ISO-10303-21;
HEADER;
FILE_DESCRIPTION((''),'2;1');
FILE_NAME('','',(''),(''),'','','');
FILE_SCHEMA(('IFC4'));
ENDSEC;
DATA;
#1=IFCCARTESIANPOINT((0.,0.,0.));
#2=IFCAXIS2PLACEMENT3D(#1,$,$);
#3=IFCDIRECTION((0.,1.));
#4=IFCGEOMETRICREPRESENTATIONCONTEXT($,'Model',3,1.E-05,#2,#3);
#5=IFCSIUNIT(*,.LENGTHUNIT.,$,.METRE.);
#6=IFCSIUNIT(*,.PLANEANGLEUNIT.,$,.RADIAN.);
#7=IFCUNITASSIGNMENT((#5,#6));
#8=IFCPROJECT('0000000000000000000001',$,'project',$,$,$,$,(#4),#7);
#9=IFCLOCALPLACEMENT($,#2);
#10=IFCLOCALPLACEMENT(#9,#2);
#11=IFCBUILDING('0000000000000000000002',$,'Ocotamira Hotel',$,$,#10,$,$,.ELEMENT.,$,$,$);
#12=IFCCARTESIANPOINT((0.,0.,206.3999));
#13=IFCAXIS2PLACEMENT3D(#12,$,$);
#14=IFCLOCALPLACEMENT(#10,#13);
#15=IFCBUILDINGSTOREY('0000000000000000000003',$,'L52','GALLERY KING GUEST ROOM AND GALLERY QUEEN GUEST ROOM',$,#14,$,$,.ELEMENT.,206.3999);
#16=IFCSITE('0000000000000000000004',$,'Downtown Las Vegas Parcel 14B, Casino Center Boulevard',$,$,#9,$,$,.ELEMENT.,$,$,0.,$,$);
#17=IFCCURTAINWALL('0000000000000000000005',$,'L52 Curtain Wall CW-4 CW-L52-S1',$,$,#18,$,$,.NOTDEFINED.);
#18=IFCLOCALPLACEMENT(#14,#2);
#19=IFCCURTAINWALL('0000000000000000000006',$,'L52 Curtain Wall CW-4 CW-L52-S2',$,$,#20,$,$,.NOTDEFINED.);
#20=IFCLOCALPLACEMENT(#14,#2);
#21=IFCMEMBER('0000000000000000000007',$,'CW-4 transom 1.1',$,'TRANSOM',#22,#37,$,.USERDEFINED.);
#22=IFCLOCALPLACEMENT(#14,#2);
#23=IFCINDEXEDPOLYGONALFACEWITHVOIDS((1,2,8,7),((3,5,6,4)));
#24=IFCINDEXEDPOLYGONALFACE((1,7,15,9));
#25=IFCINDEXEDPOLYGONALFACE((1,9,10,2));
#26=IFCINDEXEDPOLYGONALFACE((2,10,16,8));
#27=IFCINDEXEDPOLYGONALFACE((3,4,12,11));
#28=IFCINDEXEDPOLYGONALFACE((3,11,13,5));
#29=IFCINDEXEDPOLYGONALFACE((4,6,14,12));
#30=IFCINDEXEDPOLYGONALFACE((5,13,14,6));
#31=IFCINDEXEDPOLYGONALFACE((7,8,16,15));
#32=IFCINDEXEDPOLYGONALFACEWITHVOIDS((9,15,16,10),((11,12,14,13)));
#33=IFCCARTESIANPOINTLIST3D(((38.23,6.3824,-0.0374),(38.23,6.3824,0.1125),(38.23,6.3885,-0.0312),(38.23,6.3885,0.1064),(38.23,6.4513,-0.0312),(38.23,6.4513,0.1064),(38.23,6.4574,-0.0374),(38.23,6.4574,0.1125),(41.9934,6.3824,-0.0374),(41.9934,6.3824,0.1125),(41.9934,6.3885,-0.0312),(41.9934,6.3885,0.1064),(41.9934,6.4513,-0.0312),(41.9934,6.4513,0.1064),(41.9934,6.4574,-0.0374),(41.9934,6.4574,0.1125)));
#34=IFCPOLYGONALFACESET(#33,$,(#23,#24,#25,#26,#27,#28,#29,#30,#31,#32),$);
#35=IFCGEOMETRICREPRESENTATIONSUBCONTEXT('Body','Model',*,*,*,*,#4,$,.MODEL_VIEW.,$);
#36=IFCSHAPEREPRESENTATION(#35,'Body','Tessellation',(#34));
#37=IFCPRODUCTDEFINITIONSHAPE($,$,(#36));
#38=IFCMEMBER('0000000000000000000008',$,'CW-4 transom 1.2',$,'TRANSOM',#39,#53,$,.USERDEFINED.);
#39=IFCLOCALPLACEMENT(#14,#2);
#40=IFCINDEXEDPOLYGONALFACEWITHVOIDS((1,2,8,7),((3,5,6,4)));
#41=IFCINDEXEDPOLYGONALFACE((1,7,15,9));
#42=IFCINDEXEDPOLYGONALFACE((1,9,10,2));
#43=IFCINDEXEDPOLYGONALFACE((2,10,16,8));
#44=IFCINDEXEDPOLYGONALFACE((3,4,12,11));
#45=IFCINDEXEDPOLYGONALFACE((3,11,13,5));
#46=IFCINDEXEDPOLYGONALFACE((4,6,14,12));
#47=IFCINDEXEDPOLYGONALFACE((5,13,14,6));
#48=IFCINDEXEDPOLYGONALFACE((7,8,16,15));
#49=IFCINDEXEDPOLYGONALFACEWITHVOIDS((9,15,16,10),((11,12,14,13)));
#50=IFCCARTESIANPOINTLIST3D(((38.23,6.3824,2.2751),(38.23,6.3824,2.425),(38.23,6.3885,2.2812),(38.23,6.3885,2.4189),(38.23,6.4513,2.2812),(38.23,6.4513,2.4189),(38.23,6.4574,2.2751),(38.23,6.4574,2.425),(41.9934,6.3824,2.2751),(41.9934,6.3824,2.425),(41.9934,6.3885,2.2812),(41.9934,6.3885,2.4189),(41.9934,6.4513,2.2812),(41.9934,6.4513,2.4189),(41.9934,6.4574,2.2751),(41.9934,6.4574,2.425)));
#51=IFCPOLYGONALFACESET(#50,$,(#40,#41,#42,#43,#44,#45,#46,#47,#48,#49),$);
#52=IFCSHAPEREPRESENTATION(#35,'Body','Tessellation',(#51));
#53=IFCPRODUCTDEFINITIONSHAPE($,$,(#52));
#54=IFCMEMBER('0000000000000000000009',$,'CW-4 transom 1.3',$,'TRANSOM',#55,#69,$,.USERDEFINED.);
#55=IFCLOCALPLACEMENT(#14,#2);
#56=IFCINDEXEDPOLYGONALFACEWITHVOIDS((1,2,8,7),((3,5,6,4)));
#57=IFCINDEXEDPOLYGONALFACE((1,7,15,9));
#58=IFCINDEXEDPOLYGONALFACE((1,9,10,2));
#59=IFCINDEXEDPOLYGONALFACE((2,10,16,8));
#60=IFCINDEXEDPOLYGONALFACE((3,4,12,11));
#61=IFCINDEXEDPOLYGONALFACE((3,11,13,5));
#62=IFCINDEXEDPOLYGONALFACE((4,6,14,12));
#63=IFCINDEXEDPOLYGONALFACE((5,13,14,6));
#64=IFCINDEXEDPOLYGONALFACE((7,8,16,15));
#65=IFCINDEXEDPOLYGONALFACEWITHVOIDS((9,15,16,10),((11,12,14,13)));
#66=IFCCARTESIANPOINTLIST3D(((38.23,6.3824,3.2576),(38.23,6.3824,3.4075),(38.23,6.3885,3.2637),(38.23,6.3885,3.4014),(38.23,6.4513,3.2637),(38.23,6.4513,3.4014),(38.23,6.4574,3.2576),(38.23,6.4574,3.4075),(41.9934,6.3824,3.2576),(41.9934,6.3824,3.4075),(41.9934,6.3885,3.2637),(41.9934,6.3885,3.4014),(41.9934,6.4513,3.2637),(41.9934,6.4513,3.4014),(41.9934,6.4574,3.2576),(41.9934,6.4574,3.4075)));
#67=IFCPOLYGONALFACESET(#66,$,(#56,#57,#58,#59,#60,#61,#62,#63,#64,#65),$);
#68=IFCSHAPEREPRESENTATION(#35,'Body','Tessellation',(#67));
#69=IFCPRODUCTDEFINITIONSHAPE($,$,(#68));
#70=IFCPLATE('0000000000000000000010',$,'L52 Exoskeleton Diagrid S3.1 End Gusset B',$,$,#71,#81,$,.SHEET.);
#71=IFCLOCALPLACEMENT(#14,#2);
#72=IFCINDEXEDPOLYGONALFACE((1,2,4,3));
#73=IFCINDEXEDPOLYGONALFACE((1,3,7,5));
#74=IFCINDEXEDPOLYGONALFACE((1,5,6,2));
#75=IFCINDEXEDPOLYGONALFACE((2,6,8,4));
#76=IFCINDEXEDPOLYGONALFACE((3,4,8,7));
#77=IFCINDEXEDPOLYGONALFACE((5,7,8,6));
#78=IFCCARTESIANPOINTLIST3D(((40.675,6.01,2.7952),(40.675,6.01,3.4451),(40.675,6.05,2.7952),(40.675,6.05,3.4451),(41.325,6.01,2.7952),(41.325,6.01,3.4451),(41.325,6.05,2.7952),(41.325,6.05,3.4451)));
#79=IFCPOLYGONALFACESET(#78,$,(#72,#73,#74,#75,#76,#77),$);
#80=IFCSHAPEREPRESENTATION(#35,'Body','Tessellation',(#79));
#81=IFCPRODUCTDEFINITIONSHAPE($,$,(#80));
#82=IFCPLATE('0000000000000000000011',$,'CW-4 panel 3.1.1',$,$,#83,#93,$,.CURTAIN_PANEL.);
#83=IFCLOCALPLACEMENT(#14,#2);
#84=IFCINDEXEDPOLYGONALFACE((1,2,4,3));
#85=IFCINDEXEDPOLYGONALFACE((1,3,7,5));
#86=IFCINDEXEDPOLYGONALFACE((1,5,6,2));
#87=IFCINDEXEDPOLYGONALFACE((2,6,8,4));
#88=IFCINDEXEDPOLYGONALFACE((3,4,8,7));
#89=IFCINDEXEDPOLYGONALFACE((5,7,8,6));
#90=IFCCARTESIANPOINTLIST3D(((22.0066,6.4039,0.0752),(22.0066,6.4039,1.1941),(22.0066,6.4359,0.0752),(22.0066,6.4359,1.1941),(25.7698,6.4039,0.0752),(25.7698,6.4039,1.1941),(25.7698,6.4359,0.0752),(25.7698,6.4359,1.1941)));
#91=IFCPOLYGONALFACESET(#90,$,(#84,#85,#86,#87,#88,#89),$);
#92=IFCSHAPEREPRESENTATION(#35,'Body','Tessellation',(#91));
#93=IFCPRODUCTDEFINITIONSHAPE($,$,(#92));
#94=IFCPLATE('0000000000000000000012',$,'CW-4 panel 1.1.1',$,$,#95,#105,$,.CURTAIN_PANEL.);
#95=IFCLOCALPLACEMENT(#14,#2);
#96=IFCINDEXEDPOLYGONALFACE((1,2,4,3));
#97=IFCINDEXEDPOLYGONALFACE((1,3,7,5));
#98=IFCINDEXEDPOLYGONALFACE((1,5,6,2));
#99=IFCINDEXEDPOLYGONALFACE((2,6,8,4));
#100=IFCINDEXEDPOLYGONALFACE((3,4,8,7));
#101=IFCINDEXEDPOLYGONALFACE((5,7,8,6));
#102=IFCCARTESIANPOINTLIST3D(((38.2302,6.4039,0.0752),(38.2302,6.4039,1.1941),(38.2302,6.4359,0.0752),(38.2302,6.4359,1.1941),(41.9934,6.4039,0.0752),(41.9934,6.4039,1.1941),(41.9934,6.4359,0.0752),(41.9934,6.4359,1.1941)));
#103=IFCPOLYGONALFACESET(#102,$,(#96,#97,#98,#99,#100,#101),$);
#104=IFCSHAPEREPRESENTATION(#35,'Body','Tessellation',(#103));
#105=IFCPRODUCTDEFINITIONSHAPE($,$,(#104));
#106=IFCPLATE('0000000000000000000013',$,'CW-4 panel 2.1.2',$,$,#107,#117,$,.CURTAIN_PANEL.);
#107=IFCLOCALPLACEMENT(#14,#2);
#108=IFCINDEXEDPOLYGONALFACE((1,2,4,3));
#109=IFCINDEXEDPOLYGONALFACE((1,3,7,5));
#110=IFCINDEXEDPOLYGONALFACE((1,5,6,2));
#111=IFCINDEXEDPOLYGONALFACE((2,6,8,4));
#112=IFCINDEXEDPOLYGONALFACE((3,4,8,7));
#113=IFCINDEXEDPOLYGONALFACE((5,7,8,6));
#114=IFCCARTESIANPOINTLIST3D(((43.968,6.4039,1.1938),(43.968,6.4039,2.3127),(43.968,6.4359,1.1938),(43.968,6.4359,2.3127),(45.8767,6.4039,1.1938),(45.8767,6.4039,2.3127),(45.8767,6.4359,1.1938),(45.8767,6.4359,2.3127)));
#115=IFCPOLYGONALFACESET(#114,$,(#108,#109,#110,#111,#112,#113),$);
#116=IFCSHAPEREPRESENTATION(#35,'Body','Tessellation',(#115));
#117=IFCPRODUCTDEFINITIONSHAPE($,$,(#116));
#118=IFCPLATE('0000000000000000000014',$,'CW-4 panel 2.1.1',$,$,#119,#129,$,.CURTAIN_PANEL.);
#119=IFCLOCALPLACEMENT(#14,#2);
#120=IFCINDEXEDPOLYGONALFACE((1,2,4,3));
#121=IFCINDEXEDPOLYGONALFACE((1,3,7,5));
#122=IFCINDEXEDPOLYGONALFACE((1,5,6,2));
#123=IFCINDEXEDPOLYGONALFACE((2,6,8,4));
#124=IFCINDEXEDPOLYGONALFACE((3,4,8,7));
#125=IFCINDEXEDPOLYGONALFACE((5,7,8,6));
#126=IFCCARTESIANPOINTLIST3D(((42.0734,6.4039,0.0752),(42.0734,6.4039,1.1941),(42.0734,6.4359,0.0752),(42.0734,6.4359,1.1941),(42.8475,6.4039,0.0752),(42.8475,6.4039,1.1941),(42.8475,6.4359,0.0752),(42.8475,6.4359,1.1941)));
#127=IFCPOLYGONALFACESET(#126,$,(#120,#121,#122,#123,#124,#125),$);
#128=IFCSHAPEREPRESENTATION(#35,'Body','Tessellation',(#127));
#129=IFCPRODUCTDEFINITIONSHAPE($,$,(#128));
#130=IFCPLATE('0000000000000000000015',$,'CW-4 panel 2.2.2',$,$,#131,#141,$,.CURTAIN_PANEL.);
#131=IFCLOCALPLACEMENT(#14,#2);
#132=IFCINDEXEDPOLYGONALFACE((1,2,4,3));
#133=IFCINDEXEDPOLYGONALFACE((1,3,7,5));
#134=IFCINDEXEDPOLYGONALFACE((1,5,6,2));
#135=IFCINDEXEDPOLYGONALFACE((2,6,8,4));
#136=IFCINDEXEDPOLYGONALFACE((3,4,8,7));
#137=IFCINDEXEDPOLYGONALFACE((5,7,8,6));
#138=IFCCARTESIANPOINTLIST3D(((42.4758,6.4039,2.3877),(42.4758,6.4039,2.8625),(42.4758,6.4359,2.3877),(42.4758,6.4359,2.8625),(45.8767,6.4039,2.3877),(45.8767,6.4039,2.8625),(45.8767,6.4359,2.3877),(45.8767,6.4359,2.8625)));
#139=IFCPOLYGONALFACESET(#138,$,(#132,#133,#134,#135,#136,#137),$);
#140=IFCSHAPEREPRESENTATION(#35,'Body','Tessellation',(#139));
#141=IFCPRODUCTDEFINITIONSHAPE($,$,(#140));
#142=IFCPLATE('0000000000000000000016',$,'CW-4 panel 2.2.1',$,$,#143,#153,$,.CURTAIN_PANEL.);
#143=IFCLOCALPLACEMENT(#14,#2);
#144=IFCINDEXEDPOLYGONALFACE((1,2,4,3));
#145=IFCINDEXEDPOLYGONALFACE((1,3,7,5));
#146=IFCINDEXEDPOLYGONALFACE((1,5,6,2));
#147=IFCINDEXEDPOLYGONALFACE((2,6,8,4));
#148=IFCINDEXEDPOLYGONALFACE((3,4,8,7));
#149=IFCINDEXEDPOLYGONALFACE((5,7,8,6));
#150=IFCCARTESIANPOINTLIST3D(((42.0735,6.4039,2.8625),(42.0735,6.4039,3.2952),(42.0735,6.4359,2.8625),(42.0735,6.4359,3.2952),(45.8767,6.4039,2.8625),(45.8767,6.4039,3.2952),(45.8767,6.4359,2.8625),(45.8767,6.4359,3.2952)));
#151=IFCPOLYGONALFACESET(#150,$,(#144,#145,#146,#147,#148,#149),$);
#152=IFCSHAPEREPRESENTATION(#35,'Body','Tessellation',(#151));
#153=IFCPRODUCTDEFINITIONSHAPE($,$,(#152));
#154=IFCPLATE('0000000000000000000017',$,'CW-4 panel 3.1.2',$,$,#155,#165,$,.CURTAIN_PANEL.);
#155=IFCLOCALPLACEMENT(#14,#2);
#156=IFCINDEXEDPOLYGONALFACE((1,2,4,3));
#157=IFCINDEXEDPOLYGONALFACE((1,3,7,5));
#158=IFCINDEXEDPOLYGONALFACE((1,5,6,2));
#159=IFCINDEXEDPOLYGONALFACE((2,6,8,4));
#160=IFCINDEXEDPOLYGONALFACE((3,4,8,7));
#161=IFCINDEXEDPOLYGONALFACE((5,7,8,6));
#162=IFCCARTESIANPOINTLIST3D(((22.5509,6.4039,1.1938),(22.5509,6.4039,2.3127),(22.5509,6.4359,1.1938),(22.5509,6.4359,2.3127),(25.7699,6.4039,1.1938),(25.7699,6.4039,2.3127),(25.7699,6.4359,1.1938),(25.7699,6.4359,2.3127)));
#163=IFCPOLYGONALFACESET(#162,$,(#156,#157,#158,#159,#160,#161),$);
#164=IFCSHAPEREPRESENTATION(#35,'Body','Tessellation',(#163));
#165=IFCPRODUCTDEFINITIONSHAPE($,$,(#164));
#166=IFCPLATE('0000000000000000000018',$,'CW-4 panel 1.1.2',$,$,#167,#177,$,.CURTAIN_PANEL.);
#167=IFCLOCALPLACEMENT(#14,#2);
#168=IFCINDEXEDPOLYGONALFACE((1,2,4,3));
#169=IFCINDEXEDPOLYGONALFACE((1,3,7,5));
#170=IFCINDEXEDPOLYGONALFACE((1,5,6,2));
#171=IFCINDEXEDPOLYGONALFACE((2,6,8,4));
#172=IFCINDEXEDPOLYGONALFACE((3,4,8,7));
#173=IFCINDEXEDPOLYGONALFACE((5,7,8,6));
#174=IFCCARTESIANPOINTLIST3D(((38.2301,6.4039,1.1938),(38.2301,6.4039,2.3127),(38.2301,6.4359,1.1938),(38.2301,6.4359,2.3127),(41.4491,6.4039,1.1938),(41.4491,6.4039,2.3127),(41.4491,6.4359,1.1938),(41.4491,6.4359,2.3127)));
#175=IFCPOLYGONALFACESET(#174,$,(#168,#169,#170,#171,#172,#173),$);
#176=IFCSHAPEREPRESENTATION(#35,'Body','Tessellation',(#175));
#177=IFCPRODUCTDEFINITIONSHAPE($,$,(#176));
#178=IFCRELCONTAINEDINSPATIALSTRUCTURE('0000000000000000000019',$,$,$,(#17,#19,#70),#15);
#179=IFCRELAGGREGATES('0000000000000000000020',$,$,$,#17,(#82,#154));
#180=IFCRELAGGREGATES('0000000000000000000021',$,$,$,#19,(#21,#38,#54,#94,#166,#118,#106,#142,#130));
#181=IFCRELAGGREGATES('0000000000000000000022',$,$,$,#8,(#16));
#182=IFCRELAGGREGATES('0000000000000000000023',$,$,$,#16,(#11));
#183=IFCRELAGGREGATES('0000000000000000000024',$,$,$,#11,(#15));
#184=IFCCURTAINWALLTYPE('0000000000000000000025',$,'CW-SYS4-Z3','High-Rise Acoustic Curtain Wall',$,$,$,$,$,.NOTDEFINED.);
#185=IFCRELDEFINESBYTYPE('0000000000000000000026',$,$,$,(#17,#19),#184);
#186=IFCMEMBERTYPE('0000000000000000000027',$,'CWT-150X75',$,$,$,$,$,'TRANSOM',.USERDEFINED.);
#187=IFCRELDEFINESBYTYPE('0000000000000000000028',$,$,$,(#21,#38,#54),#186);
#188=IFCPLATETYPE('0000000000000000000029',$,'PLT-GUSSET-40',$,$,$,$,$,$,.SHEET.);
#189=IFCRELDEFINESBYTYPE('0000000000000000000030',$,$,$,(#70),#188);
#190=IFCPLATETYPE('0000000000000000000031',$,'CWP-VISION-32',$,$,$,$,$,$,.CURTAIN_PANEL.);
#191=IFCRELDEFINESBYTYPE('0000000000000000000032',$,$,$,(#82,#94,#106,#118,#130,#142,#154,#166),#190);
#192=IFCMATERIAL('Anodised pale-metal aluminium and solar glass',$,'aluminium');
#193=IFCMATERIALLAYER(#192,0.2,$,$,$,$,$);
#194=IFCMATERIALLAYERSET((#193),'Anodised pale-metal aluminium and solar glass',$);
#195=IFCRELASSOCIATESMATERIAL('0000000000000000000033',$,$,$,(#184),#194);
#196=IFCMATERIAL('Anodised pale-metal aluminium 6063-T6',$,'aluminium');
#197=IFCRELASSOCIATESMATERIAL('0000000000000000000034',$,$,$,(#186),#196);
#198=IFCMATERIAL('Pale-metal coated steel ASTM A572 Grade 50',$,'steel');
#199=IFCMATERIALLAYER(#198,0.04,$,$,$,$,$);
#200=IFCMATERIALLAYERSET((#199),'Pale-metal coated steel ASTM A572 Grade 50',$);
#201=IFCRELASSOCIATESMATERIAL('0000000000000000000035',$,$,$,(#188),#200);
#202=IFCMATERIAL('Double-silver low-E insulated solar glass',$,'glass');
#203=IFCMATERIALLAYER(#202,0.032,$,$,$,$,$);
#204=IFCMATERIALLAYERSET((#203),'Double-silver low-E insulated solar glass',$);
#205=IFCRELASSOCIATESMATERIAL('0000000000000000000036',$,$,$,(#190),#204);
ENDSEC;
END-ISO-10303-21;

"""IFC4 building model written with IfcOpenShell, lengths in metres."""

from ifc_helpers import new_model, si_unit, direction, frame, origin, origin_2d, place, context, subcontext, project, spatial, rectangle, hollow_rectangle, extrude, source, transform, mapped, material, layer, layer_set, material_profile, profile_set, type_object, element, aggregate, save


model = new_model("IFC4")

# Units and contexts
model_context = context("Model", 3, precision=1e-05, world=origin(), true_north=direction((0.0, 1.0)))
body_context = subcontext(model_context, "Body", "Model", "MODEL_VIEW")
ifc_project = project(units=[si_unit("LENGTHUNIT", "METRE"), si_unit("PLANEANGLEUNIT", "RADIAN")], contexts=[model_context])

# Site, building, storey
site_placement = place(None, origin())
site = spatial("IfcSite", under=ifc_project, at=site_placement, Name="Downtown Las Vegas Parcel 14B, Casino Center Boulevard", CompositionType="ELEMENT", RefElevation=0.0)
building_placement = place(site_placement, origin())
building = spatial("IfcBuilding", under=site, at=building_placement, Name="Ocotamira Hotel", CompositionType="ELEMENT")
storey_placement = place(building_placement, frame((0.0, 0.0, 206.3999)))
storey = spatial("IfcBuildingStorey", under=building, at=storey_placement, Name="L52", Description="GALLERY KING GUEST ROOM AND GALLERY QUEEN GUEST ROOM", CompositionType="ELEMENT", Elevation=206.3999)

# Curtain wall
ifc_material_1 = material(Name="Anodised pale-metal aluminium and solar glass", Category="aluminium")
ifc_layer_1 = layer(ifc_material_1, 0.2)
ifc_layer_set_1 = layer_set([ifc_layer_1], Name="Anodised pale-metal aluminium and solar glass")
curtain_wall_type = type_object("IfcCurtainWallType", Name="CW-SYS4-Z3", Description="High-Rise Acoustic Curtain Wall", PredefinedType="NOTDEFINED", material=ifc_layer_set_1)
curtain_wall_1_placement = place(storey_placement, origin())
curtain_wall_1 = element("IfcCurtainWall", 1, at=curtain_wall_1_placement, inside=storey, type_object=curtain_wall_type, Name="L52 Curtain Wall CW-4 CW-L52-S1", PredefinedType="NOTDEFINED")
ifc_material_2 = material(Name="Anodised pale-metal aluminium 6063-T6", Category="aluminium")

# Curtain wall, members
curtain_wall_2_placement = place(storey_placement, origin())
curtain_wall_2 = element("IfcCurtainWall", 2, at=curtain_wall_2_placement, inside=storey, type_object=curtain_wall_type, Name="L52 Curtain Wall CW-4 CW-L52-S2", PredefinedType="NOTDEFINED")
ifc_material_profile_1 = material_profile(ifc_material_2, hollow_rectangle(XDim=0.075, YDim=0.1499, WallThickness=0.0061, at=origin_2d()), Name="HSS150X75X6")
ifc_profile_set_1 = profile_set([ifc_material_profile_1], Name="Anodised pale-metal aluminium 6063-T6")
member_type_1 = type_object("IfcMemberType", Name="CWT-150X75", ElementType="TRANSOM", PredefinedType="USERDEFINED", material=ifc_profile_set_1)
shared_shape_1 = source(origin(), body_context, "Body", "SweptSolid", [
    extrude(hollow_rectangle(XDim=0.075, YDim=0.1499, WallThickness=0.0061, at=origin_2d()), origin(), (0.0, 0.0, 1.0), 3.7634),
])
member_1_placement = place(storey_placement, frame((38.23, 6.4199, 0.0376), z_axis=(1.0, 0.0, 0.0), x_axis=(0.0, 1.0, 0.0)))
member_1 = element("IfcMember", 3, at=member_1_placement, type_object=member_type_1, Name="CW-4 transom 1.1", ObjectType="TRANSOM", PredefinedType="USERDEFINED", context=body_context, shape_type="MappedRepresentation", body=[
    mapped(shared_shape_1, transform((0.0, 0.0, 0.0), scale=1.0)),
])
member_2_placement = place(storey_placement, frame((38.23, 6.4199, 2.3501), z_axis=(1.0, 0.0, 0.0), x_axis=(0.0, 1.0, 0.0)))
member_2 = element("IfcMember", 4, at=member_2_placement, type_object=member_type_1, Name="CW-4 transom 1.2", ObjectType="TRANSOM", PredefinedType="USERDEFINED", context=body_context, shape_type="MappedRepresentation", body=[
    mapped(shared_shape_1, transform((0.0, 0.0, 0.0), scale=1.0)),
])
member_3_placement = place(storey_placement, frame((38.23, 6.4199, 3.3325), z_axis=(1.0, 0.0, 0.0), x_axis=(0.0, 1.0, 0.0)))
member_3 = element("IfcMember", 5, at=member_3_placement, type_object=member_type_1, Name="CW-4 transom 1.3", ObjectType="TRANSOM", PredefinedType="USERDEFINED", context=body_context, shape_type="MappedRepresentation", body=[
    mapped(shared_shape_1, transform((0.0, 0.0, 0.0), scale=1.0)),
])

# Plates
ifc_material_3 = material(Name="Pale-metal coated steel ASTM A572 Grade 50", Category="steel")
ifc_layer_2 = layer(ifc_material_3, 0.04)
ifc_layer_set_2 = layer_set([ifc_layer_2], Name="Pale-metal coated steel ASTM A572 Grade 50")
plate_type_1 = type_object("IfcPlateType", Name="PLT-GUSSET-40", PredefinedType="SHEET", material=ifc_layer_set_2)
shared_shape_2 = source(origin(), body_context, "Body", "SweptSolid", [
    extrude(rectangle(XDim=0.6499, YDim=0.04, at=origin_2d()), origin(), (0.0, 0.0, 1.0), 0.6499),
])
plate_1_placement = place(storey_placement, frame((41.0, 6.03, 2.7952), z_axis=(0.0, 0.0, 1.0), x_axis=(-1.0, 0.0, 0.0)))
element("IfcPlate", 6, at=plate_1_placement, inside=storey, type_object=plate_type_1, Name="L52 Exoskeleton Diagrid S3.1 End Gusset B", PredefinedType="SHEET", context=body_context, shape_type="MappedRepresentation", body=[
    mapped(shared_shape_2, transform((0.0, 0.0, 0.0), scale=1.0)),
])
ifc_material_4 = material(Name="Double-silver low-E insulated solar glass", Category="glass")
ifc_layer_3 = layer(ifc_material_4, 0.032)
ifc_layer_set_3 = layer_set([ifc_layer_3], Name="Double-silver low-E insulated solar glass")
plate_type_2 = type_object("IfcPlateType", Name="CWP-VISION-32", PredefinedType="CURTAIN_PANEL", material=ifc_layer_set_3)
shared_shape_3 = source(origin(), body_context, "Body", "SweptSolid", [
    extrude(rectangle(XDim=3.7632, YDim=0.032, at=origin_2d()), origin(), (0.0, 0.0, 1.0), 1.1189),
])
plate_2_placement = place(storey_placement, frame((23.8882, 6.4199, 0.0752), z_axis=(0.0, 0.0, 1.0), x_axis=(1.0, 0.0, 0.0)))
plate_2 = element("IfcPlate", 7, at=plate_2_placement, type_object=plate_type_2, Name="CW-4 panel 3.1.1", PredefinedType="CURTAIN_PANEL", context=body_context, shape_type="MappedRepresentation", body=[
    mapped(shared_shape_3, transform((0.0, 0.0, 0.0), scale=1.0)),
])
plate_3_placement = place(storey_placement, frame((40.1118, 6.4199, 0.0752), z_axis=(0.0, 0.0, 1.0), x_axis=(1.0, 0.0, 0.0)))
plate_3 = element("IfcPlate", 8, at=plate_3_placement, type_object=plate_type_2, Name="CW-4 panel 1.1.1", PredefinedType="CURTAIN_PANEL", context=body_context, shape_type="MappedRepresentation", body=[
    mapped(shared_shape_3, transform((0.0, 0.0, 0.0), scale=1.0)),
])
shared_shape_4 = source(origin(), body_context, "Body", "SweptSolid", [
    extrude(rectangle(XDim=1.9087, YDim=0.032, at=origin_2d()), origin(), (0.0, 0.0, 1.0), 1.1189),
])
plate_4_placement = place(storey_placement, frame((44.9224, 6.4199, 1.1938), z_axis=(0.0, 0.0, 1.0), x_axis=(1.0, 0.0, 0.0)))
plate_4 = element("IfcPlate", 9, at=plate_4_placement, type_object=plate_type_2, Name="CW-4 panel 2.1.2", PredefinedType="CURTAIN_PANEL", context=body_context, shape_type="MappedRepresentation", body=[
    mapped(shared_shape_4, transform((0.0, 0.0, 0.0), scale=1.0)),
])
shared_shape_5 = source(origin(), body_context, "Body", "SweptSolid", [
    extrude(rectangle(XDim=0.7742, YDim=0.032, at=origin_2d()), origin(), (0.0, 0.0, 1.0), 1.1189),
])
plate_5_placement = place(storey_placement, frame((42.4604, 6.4199, 0.0752), z_axis=(0.0, 0.0, 1.0), x_axis=(1.0, 0.0, 0.0)))
plate_5 = element("IfcPlate", 10, at=plate_5_placement, type_object=plate_type_2, Name="CW-4 panel 2.1.1", PredefinedType="CURTAIN_PANEL", context=body_context, shape_type="MappedRepresentation", body=[
    mapped(shared_shape_5, transform((0.0, 0.0, 0.0), scale=1.0)),
])
shared_shape_6 = source(origin(), body_context, "Body", "SweptSolid", [
    extrude(rectangle(XDim=3.4009, YDim=0.032, at=origin_2d()), origin(), (0.0, 0.0, 1.0), 0.4749),
])
plate_6_placement = place(storey_placement, frame((44.1763, 6.4199, 2.3877), z_axis=(0.0, 0.0, 1.0), x_axis=(1.0, 0.0, 0.0)))
plate_6 = element("IfcPlate", 11, at=plate_6_placement, type_object=plate_type_2, Name="CW-4 panel 2.2.2", PredefinedType="CURTAIN_PANEL", context=body_context, shape_type="MappedRepresentation", body=[
    mapped(shared_shape_6, transform((0.0, 0.0, 0.0), scale=1.0)),
])
shared_shape_7 = source(origin(), body_context, "Body", "SweptSolid", [
    extrude(rectangle(XDim=3.8032, YDim=0.032, at=origin_2d()), origin(), (0.0, 0.0, 1.0), 0.4326),
])
plate_7_placement = place(storey_placement, frame((43.9751, 6.4199, 2.8625), z_axis=(0.0, 0.0, 1.0), x_axis=(1.0, 0.0, 0.0)))
plate_7 = element("IfcPlate", 12, at=plate_7_placement, type_object=plate_type_2, Name="CW-4 panel 2.2.1", PredefinedType="CURTAIN_PANEL", context=body_context, shape_type="MappedRepresentation", body=[
    mapped(shared_shape_7, transform((0.0, 0.0, 0.0), scale=1.0)),
])
shared_shape_8 = source(origin(), body_context, "Body", "SweptSolid", [
    extrude(rectangle(XDim=3.219, YDim=0.032, at=origin_2d()), origin(), (0.0, 0.0, 1.0), 1.1189),
])
plate_8_placement = place(storey_placement, frame((24.1604, 6.4199, 1.1938), z_axis=(0.0, 0.0, 1.0), x_axis=(1.0, 0.0, 0.0)))
plate_8 = element("IfcPlate", 13, at=plate_8_placement, type_object=plate_type_2, Name="CW-4 panel 3.1.2", PredefinedType="CURTAIN_PANEL", context=body_context, shape_type="MappedRepresentation", body=[
    mapped(shared_shape_8, transform((0.0, 0.0, 0.0), scale=1.0)),
])
plate_9_placement = place(storey_placement, frame((39.8396, 6.4199, 1.1938), z_axis=(0.0, 0.0, 1.0), x_axis=(1.0, 0.0, 0.0)))
plate_9 = element("IfcPlate", 14, at=plate_9_placement, type_object=plate_type_2, Name="CW-4 panel 1.1.2", PredefinedType="CURTAIN_PANEL", context=body_context, shape_type="MappedRepresentation", body=[
    mapped(shared_shape_8, transform((0.0, 0.0, 0.0), scale=1.0)),
])
aggregate(curtain_wall_1, [plate_2, plate_8])
aggregate(curtain_wall_2, [member_1, member_2, member_3, plate_3, plate_9, plate_5, plate_4, plate_7, plate_6])

save(model, "model.ifc")
